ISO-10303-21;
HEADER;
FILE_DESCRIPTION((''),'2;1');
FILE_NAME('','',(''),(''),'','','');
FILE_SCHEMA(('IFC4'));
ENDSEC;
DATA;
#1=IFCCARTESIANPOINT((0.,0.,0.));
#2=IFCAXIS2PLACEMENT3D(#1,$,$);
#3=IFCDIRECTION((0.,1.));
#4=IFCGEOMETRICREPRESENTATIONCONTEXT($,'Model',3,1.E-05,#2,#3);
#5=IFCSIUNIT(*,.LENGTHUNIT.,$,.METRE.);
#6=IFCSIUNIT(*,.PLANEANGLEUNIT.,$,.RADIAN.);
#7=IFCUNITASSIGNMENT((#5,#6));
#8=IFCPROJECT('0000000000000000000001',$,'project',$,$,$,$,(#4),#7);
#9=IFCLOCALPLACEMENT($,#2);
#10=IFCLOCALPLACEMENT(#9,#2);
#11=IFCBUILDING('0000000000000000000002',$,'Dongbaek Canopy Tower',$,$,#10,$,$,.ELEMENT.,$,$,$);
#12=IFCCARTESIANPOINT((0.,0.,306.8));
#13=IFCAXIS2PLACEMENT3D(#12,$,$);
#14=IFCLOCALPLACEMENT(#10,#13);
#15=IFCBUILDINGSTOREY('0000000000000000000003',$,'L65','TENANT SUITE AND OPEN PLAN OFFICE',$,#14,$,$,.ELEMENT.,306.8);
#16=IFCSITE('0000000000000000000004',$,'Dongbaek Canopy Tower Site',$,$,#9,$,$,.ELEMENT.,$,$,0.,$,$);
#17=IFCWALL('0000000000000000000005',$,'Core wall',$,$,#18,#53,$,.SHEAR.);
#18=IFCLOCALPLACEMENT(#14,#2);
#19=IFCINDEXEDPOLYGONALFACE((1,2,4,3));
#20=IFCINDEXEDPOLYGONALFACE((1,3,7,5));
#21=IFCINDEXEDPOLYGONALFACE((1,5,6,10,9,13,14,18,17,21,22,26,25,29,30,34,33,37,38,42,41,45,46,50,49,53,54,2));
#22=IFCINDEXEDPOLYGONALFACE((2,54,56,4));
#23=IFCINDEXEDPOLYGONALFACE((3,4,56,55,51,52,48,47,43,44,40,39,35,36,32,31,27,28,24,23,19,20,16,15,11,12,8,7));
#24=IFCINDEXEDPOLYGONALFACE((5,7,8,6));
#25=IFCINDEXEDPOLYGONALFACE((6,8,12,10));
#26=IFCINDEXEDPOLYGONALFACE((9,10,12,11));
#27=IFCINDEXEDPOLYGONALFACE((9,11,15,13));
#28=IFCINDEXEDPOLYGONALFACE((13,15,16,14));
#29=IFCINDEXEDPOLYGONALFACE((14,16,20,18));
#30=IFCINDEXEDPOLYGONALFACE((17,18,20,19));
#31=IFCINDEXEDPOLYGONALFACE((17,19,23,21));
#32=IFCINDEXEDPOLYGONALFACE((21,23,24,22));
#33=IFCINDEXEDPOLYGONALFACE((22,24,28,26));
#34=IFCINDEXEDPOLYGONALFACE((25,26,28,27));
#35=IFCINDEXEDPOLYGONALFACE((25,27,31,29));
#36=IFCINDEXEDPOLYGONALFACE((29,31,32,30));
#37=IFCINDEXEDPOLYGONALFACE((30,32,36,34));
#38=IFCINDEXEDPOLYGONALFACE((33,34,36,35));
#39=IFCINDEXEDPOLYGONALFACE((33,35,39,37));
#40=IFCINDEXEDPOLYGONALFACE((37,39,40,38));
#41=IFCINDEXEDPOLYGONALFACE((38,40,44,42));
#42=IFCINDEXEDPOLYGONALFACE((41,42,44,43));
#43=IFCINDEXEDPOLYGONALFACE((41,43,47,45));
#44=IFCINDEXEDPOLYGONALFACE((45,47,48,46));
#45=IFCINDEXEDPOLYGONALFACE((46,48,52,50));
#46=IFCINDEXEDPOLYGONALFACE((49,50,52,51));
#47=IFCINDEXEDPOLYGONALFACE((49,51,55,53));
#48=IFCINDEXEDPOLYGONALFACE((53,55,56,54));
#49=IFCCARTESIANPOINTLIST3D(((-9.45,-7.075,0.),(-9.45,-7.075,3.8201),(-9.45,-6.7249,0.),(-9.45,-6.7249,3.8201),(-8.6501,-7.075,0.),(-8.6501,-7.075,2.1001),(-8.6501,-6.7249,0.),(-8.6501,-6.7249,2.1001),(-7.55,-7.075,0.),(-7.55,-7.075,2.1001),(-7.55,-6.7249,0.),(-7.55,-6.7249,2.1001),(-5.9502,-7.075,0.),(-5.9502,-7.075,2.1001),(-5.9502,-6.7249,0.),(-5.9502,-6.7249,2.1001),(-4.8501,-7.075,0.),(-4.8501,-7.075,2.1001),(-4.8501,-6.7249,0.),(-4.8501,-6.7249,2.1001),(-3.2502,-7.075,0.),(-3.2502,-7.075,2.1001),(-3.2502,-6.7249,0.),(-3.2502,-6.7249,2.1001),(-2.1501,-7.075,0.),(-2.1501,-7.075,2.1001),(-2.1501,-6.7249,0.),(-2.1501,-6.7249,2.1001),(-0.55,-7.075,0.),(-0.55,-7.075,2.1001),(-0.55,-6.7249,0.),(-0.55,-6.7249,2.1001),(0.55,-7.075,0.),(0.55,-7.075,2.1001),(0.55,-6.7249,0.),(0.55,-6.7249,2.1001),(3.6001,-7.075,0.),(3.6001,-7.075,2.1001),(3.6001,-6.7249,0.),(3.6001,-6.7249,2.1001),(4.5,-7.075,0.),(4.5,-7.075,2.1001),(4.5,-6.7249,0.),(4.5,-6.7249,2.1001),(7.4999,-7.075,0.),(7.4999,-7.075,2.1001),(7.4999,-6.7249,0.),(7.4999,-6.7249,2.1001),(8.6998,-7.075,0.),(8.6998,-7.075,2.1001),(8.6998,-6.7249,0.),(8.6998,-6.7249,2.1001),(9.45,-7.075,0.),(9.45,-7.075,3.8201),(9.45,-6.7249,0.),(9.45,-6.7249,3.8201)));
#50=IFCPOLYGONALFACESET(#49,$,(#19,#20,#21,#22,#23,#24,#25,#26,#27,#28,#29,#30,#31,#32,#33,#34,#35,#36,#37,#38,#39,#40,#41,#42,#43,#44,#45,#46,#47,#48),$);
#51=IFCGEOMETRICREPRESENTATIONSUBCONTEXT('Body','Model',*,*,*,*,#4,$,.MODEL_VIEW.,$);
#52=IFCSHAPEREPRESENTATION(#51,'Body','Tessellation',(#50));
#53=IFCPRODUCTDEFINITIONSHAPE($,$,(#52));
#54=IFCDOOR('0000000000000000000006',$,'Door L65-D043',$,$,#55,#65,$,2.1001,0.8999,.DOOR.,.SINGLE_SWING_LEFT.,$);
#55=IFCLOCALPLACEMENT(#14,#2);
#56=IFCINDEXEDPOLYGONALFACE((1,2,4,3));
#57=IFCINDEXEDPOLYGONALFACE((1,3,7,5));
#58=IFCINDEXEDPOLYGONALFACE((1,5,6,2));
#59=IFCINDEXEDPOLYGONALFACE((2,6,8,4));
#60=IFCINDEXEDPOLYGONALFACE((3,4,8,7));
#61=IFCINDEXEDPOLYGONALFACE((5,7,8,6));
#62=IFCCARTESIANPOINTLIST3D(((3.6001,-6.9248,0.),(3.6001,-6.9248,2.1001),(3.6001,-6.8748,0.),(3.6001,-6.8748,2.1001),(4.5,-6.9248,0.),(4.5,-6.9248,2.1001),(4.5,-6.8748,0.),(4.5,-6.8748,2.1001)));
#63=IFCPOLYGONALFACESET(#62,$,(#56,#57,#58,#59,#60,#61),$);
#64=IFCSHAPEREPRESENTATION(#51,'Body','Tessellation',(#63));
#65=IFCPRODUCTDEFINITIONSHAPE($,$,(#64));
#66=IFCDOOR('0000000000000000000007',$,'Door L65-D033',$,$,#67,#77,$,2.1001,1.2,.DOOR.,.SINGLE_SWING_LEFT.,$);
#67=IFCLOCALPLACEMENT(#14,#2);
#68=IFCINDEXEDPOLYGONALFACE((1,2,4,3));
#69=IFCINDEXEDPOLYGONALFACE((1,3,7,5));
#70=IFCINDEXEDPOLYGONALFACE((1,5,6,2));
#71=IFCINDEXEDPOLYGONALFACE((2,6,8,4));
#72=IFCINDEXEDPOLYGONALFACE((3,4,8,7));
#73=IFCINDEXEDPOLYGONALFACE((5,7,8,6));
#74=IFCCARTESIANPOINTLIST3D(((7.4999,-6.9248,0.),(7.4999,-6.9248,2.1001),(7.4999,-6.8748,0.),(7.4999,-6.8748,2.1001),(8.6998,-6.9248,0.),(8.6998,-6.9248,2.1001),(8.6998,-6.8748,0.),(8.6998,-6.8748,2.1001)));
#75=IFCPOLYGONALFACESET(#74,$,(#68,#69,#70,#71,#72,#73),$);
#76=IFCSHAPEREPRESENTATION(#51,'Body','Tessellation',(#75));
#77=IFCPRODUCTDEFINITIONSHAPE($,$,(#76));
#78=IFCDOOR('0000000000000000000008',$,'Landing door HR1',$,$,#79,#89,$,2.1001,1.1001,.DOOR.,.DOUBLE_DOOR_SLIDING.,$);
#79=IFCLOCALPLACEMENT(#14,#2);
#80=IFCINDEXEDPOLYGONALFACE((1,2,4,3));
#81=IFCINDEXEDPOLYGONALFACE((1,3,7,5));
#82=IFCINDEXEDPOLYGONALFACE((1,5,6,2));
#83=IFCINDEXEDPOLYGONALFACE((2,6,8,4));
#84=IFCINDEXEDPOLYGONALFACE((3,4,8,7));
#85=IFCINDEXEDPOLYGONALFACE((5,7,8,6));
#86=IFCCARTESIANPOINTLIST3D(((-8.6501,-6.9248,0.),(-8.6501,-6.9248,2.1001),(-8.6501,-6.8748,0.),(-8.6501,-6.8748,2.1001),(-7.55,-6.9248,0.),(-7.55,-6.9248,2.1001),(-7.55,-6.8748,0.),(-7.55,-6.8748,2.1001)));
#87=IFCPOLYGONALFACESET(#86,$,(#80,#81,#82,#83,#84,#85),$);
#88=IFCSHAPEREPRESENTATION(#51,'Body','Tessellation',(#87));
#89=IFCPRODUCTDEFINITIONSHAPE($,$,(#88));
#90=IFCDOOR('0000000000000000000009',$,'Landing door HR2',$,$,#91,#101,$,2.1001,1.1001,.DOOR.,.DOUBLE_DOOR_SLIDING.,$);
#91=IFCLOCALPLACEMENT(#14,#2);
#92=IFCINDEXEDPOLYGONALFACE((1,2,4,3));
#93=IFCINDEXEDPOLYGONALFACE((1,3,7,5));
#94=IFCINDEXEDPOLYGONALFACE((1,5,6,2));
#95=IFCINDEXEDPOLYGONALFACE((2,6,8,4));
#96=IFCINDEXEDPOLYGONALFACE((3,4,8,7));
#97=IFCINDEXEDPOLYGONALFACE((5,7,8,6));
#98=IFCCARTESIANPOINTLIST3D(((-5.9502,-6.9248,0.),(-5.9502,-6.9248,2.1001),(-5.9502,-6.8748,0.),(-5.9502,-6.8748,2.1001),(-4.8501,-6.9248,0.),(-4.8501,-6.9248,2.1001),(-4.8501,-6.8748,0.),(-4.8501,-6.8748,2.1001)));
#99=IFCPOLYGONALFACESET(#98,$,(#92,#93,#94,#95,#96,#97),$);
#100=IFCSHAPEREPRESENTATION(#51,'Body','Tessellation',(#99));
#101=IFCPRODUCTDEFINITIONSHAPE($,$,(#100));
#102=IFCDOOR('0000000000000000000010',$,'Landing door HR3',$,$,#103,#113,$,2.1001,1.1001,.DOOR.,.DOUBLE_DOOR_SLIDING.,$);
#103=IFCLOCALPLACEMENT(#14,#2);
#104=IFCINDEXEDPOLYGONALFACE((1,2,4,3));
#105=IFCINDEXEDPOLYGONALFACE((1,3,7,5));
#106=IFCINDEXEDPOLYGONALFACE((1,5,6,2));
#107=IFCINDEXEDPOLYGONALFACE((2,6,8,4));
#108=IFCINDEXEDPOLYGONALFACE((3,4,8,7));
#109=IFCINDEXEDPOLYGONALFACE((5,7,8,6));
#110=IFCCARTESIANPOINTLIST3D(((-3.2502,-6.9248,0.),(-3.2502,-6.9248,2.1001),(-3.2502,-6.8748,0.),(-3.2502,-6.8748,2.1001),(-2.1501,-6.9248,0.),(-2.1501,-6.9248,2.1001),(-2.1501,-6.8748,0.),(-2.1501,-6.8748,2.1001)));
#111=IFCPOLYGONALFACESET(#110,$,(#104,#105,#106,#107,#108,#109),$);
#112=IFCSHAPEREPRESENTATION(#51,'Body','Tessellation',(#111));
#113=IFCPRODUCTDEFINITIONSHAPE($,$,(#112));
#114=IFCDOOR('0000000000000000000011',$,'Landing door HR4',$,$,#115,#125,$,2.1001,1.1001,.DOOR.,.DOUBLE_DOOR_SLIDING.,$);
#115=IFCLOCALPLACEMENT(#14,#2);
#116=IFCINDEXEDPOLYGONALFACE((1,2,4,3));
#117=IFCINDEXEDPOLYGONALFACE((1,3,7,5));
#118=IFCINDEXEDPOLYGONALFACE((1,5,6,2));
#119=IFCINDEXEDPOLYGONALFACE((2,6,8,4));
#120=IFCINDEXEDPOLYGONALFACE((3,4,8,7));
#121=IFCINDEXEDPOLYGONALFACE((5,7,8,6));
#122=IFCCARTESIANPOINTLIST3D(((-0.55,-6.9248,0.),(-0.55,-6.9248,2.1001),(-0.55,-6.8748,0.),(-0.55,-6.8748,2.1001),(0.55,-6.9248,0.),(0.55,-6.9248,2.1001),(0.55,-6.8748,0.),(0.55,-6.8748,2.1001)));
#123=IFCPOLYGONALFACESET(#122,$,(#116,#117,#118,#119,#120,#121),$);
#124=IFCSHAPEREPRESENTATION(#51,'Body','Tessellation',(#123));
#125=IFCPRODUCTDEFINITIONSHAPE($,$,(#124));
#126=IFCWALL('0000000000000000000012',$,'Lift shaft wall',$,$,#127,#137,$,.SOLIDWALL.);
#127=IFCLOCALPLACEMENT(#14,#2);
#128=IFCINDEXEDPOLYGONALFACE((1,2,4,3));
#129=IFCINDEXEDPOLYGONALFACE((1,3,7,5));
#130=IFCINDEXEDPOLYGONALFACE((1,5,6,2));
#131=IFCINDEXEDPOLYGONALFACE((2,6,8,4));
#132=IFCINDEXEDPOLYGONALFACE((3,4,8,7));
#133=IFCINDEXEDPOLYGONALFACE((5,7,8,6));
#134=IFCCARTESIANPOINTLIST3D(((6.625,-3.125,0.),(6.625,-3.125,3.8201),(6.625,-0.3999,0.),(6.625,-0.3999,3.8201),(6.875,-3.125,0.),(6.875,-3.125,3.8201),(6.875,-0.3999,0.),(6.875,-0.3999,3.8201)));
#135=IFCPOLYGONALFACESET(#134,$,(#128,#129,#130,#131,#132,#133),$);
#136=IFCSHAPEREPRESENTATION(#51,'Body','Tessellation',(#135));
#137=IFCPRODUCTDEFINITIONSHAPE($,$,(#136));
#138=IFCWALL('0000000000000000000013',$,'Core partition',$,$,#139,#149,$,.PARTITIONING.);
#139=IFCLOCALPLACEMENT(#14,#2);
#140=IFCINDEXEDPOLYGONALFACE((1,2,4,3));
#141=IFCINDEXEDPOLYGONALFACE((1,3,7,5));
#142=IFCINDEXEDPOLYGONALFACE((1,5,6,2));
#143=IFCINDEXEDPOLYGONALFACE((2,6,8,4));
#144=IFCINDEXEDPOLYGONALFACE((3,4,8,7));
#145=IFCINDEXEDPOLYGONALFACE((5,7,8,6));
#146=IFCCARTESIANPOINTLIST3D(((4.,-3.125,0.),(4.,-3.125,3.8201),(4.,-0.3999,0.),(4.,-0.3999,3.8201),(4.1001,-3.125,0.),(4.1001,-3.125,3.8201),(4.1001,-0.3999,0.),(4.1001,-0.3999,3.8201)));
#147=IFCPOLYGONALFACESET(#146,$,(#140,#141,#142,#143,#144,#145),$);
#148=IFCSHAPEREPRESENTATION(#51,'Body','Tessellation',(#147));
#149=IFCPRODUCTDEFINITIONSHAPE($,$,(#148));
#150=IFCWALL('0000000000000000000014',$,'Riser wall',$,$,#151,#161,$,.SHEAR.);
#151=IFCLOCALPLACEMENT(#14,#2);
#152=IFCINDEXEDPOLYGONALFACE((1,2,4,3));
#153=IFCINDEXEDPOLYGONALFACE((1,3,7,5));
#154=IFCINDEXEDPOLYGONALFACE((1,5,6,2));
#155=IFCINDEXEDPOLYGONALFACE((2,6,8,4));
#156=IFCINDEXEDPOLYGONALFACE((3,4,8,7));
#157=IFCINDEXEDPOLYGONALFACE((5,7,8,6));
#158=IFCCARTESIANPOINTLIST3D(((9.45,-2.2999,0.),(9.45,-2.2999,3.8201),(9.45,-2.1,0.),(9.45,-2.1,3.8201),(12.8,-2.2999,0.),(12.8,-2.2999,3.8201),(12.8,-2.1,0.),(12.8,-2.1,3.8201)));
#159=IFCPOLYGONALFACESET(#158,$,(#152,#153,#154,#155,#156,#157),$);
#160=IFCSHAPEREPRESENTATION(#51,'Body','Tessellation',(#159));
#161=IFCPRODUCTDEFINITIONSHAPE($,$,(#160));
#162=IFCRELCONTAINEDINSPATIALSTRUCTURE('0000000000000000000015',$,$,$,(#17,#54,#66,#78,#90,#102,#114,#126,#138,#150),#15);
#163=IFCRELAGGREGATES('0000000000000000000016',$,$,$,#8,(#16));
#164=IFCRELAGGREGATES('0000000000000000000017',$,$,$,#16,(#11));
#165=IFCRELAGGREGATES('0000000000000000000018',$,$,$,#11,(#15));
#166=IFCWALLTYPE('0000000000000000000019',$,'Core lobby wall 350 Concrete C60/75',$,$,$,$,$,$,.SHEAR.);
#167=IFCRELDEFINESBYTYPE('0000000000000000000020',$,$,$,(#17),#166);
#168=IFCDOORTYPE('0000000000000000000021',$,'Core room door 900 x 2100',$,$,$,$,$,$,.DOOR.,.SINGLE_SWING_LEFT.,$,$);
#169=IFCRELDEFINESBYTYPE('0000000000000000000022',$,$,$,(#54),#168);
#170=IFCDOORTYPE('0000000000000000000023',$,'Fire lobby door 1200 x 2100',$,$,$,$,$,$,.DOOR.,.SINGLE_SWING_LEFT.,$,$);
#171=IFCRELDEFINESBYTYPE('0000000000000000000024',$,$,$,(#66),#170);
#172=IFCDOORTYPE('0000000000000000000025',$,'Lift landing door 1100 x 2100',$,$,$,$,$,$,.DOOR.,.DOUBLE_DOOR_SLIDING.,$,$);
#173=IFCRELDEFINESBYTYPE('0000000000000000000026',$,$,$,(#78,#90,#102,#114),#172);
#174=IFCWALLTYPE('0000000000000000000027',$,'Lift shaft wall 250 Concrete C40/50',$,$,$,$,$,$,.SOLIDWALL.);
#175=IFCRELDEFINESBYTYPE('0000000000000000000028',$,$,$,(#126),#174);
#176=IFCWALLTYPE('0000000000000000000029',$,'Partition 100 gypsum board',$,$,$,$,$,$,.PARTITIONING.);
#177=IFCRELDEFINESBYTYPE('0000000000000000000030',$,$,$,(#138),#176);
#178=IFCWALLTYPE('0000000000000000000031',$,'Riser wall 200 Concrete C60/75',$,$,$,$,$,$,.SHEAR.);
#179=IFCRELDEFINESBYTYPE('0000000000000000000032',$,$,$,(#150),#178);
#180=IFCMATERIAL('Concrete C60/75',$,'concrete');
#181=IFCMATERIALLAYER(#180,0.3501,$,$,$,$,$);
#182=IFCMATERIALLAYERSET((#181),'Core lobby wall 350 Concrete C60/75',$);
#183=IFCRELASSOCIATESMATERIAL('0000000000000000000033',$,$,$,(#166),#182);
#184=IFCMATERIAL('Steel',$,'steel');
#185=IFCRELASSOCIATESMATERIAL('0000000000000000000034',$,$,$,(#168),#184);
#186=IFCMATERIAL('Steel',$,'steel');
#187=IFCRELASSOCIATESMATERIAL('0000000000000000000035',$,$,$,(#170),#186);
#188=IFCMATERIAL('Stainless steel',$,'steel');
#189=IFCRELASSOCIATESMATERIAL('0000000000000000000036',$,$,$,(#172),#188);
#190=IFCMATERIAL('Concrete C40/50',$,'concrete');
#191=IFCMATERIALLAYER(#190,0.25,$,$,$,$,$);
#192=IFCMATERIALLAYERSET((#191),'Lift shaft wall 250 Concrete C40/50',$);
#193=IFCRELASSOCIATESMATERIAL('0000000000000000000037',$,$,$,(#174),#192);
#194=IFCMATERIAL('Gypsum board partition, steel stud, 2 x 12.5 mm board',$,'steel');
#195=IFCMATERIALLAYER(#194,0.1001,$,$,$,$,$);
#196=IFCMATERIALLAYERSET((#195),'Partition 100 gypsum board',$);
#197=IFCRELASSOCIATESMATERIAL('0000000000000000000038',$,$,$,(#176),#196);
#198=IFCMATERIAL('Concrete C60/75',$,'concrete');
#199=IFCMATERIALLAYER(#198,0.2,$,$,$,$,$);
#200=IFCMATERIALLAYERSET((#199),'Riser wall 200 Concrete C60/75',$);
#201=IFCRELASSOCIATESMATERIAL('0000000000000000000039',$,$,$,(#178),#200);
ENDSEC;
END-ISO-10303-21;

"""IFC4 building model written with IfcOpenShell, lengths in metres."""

from ifc_helpers import new_model, si_unit, direction, frame, frame_2d, origin, place, context, subcontext, project, spatial, rectangle, extrude, material, layer, layer_set, type_object, element, fill, save


model = new_model("IFC4")

# Units and contexts
model_context = context("Model", 3, precision=1e-05, world=origin(), true_north=direction((0.0, 1.0)))
body_context = subcontext(model_context, "Body", "Model", "MODEL_VIEW")
ifc_project = project(units=[si_unit("LENGTHUNIT", "METRE"), si_unit("PLANEANGLEUNIT", "RADIAN")], contexts=[model_context])

# Site, building, storey
site_placement = place(None, origin())
site = spatial("IfcSite", under=ifc_project, at=site_placement, Name="Dongbaek Canopy Tower Site", CompositionType="ELEMENT", RefElevation=0.0)
building_placement = place(site_placement, origin())
building = spatial("IfcBuilding", under=site, at=building_placement, Name="Dongbaek Canopy Tower", CompositionType="ELEMENT")
storey_placement = place(building_placement, frame((0.0, 0.0, 306.8)))
storey = spatial("IfcBuildingStorey", under=building, at=storey_placement, Name="L65", Description="TENANT SUITE AND OPEN PLAN OFFICE", CompositionType="ELEMENT", Elevation=306.8)

# Wall, openings, doors
ifc_material_1 = material(Name="Concrete C60/75", Category="concrete")
ifc_layer_1 = layer(ifc_material_1, 0.3501)
ifc_layer_set_1 = layer_set([ifc_layer_1], Name="Core lobby wall 350 Concrete C60/75")
wall_type_1 = type_object("IfcWallType", Name="Core lobby wall 350 Concrete C60/75", PredefinedType="SHEAR", material=ifc_layer_set_1)
wall_1_placement = place(storey_placement, frame((9.45, -6.8999, 0.0), z_axis=(0.0, 0.0, 1.0), x_axis=(-1.0, 0.0, 0.0)))
wall_1 = element("IfcWall", 1, at=wall_1_placement, inside=storey, type_object=wall_type_1, Name="Core wall", PredefinedType="SHEAR", context=body_context, shape_type="SweptSolid", body=[
    extrude(rectangle(XDim=18.8999, YDim=0.3501, at=frame_2d((9.45, 0.0))), origin(), (0.0, 0.0, 1.0), 3.8201),
])
opening_1_placement = place(wall_1_placement, frame((17.0, 0.0, 0.0)))
opening_1 = element("IfcOpeningElement", 2, at=opening_1_placement, cuts=wall_1, PredefinedType="OPENING", context=body_context, shape_type="SweptSolid", body=[
    extrude(rectangle(XDim=1.1001, YDim=2.1001, at=frame_2d((0.55, 1.05))), frame((0.0, 0.1851, 0.0), z_axis=(0.0, -1.0, 0.0), x_axis=(1.0, 0.0, 0.0)), (0.0, 0.0, 1.0), 0.3701),
])
opening_2_placement = place(wall_1_placement, frame((14.3, 0.0, 0.0)))
opening_2 = element("IfcOpeningElement", 3, at=opening_2_placement, cuts=wall_1, PredefinedType="OPENING", context=body_context, shape_type="SweptSolid", body=[
    extrude(rectangle(XDim=1.1001, YDim=2.1001, at=frame_2d((0.55, 1.05))), frame((0.0, 0.1851, 0.0), z_axis=(0.0, -1.0, 0.0), x_axis=(1.0, 0.0, 0.0)), (0.0, 0.0, 1.0), 0.3701),
])
opening_3_placement = place(wall_1_placement, frame((11.6001, 0.0, 0.0)))
opening_3 = element("IfcOpeningElement", 4, at=opening_3_placement, cuts=wall_1, PredefinedType="OPENING", context=body_context, shape_type="SweptSolid", body=[
    extrude(rectangle(XDim=1.1001, YDim=2.1001, at=frame_2d((0.55, 1.05))), frame((0.0, 0.1851, 0.0), z_axis=(0.0, -1.0, 0.0), x_axis=(1.0, 0.0, 0.0)), (0.0, 0.0, 1.0), 0.3701),
])
opening_4_placement = place(wall_1_placement, frame((8.8999, 0.0, 0.0)))
opening_4 = element("IfcOpeningElement", 5, at=opening_4_placement, cuts=wall_1, PredefinedType="OPENING", context=body_context, shape_type="SweptSolid", body=[
    extrude(rectangle(XDim=1.1001, YDim=2.1001, at=frame_2d((0.55, 1.05))), frame((0.0, 0.1851, 0.0), z_axis=(0.0, -1.0, 0.0), x_axis=(1.0, 0.0, 0.0)), (0.0, 0.0, 1.0), 0.3701),
])
opening_5_placement = place(wall_1_placement, frame((0.75, 0.0, 0.0)))
opening_5 = element("IfcOpeningElement", 6, at=opening_5_placement, cuts=wall_1, PredefinedType="OPENING", context=body_context, shape_type="SweptSolid", body=[
    extrude(rectangle(XDim=1.2, YDim=2.1001, at=frame_2d((0.6001, 1.05))), frame((0.0, 0.1851, 0.0), z_axis=(0.0, -1.0, 0.0), x_axis=(1.0, 0.0, 0.0)), (0.0, 0.0, 1.0), 0.3701),
])
opening_6_placement = place(wall_1_placement, frame((4.95, 0.0, 0.0)))
opening_6 = element("IfcOpeningElement", 7, at=opening_6_placement, cuts=wall_1, PredefinedType="OPENING", context=body_context, shape_type="SweptSolid", body=[
    extrude(rectangle(XDim=0.8999, YDim=2.1001, at=frame_2d((0.45, 1.05))), frame((0.0, 0.1851, 0.0), z_axis=(0.0, -1.0, 0.0), x_axis=(1.0, 0.0, 0.0)), (0.0, 0.0, 1.0), 0.3701),
])
ifc_material_2 = material(Name="Steel", Category="steel")
door_type_1 = type_object("IfcDoorType", Name="Core room door 900 x 2100", OperationType="SINGLE_SWING_LEFT", PredefinedType="DOOR", material=ifc_material_2)
door_1_placement = place(opening_6_placement, origin())
door_1 = element("IfcDoor", 8, at=door_1_placement, inside=storey, type_object=door_type_1, Name="Door L65-D043", OperationType="SINGLE_SWING_LEFT", OverallHeight=2.1001, OverallWidth=0.8999, PredefinedType="DOOR", context=body_context, shape_type="SweptSolid", body=[
    extrude(rectangle(XDim=0.8999, YDim=2.1001, at=frame_2d((0.45, 1.05))), frame((0.0, 0.0249, 0.0), z_axis=(0.0, -1.0, 0.0), x_axis=(1.0, 0.0, 0.0)), (0.0, 0.0, 1.0), 0.05),
])
fill(opening_6, door_1)
ifc_material_3 = material(Name="Steel", Category="steel")
door_type_2 = type_object("IfcDoorType", Name="Fire lobby door 1200 x 2100", OperationType="SINGLE_SWING_LEFT", PredefinedType="DOOR", material=ifc_material_3)
door_2_placement = place(opening_5_placement, origin())
door_2 = element("IfcDoor", 9, at=door_2_placement, inside=storey, type_object=door_type_2, Name="Door L65-D033", OperationType="SINGLE_SWING_LEFT", OverallHeight=2.1001, OverallWidth=1.2, PredefinedType="DOOR", context=body_context, shape_type="SweptSolid", body=[
    extrude(rectangle(XDim=1.2, YDim=2.1001, at=frame_2d((0.6001, 1.05))), frame((0.0, 0.0249, 0.0), z_axis=(0.0, -1.0, 0.0), x_axis=(1.0, 0.0, 0.0)), (0.0, 0.0, 1.0), 0.05),
])
fill(opening_5, door_2)
ifc_material_4 = material(Name="Stainless steel", Category="steel")
door_type_3 = type_object("IfcDoorType", Name="Lift landing door 1100 x 2100", OperationType="DOUBLE_DOOR_SLIDING", PredefinedType="DOOR", material=ifc_material_4)
door_3_placement = place(opening_1_placement, origin())
door_3 = element("IfcDoor", 10, at=door_3_placement, inside=storey, type_object=door_type_3, Name="Landing door HR1", OperationType="DOUBLE_DOOR_SLIDING", OverallHeight=2.1001, OverallWidth=1.1001, PredefinedType="DOOR", context=body_context, shape_type="SweptSolid", body=[
    extrude(rectangle(XDim=1.1001, YDim=2.1001, at=frame_2d((0.55, 1.05))), frame((0.0, 0.0249, 0.0), z_axis=(0.0, -1.0, 0.0), x_axis=(1.0, 0.0, 0.0)), (0.0, 0.0, 1.0), 0.05),
])
fill(opening_1, door_3)
door_4_placement = place(opening_2_placement, origin())
door_4 = element("IfcDoor", 11, at=door_4_placement, inside=storey, type_object=door_type_3, Name="Landing door HR2", OperationType="DOUBLE_DOOR_SLIDING", OverallHeight=2.1001, OverallWidth=1.1001, PredefinedType="DOOR", context=body_context, shape_type="SweptSolid", body=[
    extrude(rectangle(XDim=1.1001, YDim=2.1001, at=frame_2d((0.55, 1.05))), frame((0.0, 0.0249, 0.0), z_axis=(0.0, -1.0, 0.0), x_axis=(1.0, 0.0, 0.0)), (0.0, 0.0, 1.0), 0.05),
])
fill(opening_2, door_4)
door_5_placement = place(opening_3_placement, origin())
door_5 = element("IfcDoor", 12, at=door_5_placement, inside=storey, type_object=door_type_3, Name="Landing door HR3", OperationType="DOUBLE_DOOR_SLIDING", OverallHeight=2.1001, OverallWidth=1.1001, PredefinedType="DOOR", context=body_context, shape_type="SweptSolid", body=[
    extrude(rectangle(XDim=1.1001, YDim=2.1001, at=frame_2d((0.55, 1.05))), frame((0.0, 0.0249, 0.0), z_axis=(0.0, -1.0, 0.0), x_axis=(1.0, 0.0, 0.0)), (0.0, 0.0, 1.0), 0.05),
])
fill(opening_3, door_5)
door_6_placement = place(opening_4_placement, origin())
door_6 = element("IfcDoor", 13, at=door_6_placement, inside=storey, type_object=door_type_3, Name="Landing door HR4", OperationType="DOUBLE_DOOR_SLIDING", OverallHeight=2.1001, OverallWidth=1.1001, PredefinedType="DOOR", context=body_context, shape_type="SweptSolid", body=[
    extrude(rectangle(XDim=1.1001, YDim=2.1001, at=frame_2d((0.55, 1.05))), frame((0.0, 0.0249, 0.0), z_axis=(0.0, -1.0, 0.0), x_axis=(1.0, 0.0, 0.0)), (0.0, 0.0, 1.0), 0.05),
])
fill(opening_4, door_6)

# Walls
ifc_material_5 = material(Name="Concrete C40/50", Category="concrete")
ifc_layer_2 = layer(ifc_material_5, 0.25)
ifc_layer_set_2 = layer_set([ifc_layer_2], Name="Lift shaft wall 250 Concrete C40/50")
wall_type_2 = type_object("IfcWallType", Name="Lift shaft wall 250 Concrete C40/50", PredefinedType="SOLIDWALL", material=ifc_layer_set_2)
wall_2_placement = place(storey_placement, frame((6.75, -3.125, 0.0), z_axis=(0.0, 0.0, 1.0), x_axis=(0.0, 1.0, 0.0)))
element("IfcWall", 14, at=wall_2_placement, inside=storey, type_object=wall_type_2, Name="Lift shaft wall", PredefinedType="SOLIDWALL", context=body_context, shape_type="SweptSolid", body=[
    extrude(rectangle(XDim=2.7251, YDim=0.25, at=frame_2d((1.3625, 0.0))), origin(), (0.0, 0.0, 1.0), 3.8201),
])
ifc_material_6 = material(Name="Gypsum board partition, steel stud, 2 x 12.5 mm board", Category="steel")
ifc_layer_3 = layer(ifc_material_6, 0.1001)
ifc_layer_set_3 = layer_set([ifc_layer_3], Name="Partition 100 gypsum board")
wall_type_3 = type_object("IfcWallType", Name="Partition 100 gypsum board", PredefinedType="PARTITIONING", material=ifc_layer_set_3)
wall_3_placement = place(storey_placement, frame((4.05, -3.125, 0.0), z_axis=(0.0, 0.0, 1.0), x_axis=(0.0, 1.0, 0.0)))
element("IfcWall", 15, at=wall_3_placement, inside=storey, type_object=wall_type_3, Name="Core partition", PredefinedType="PARTITIONING", context=body_context, shape_type="SweptSolid", body=[
    extrude(rectangle(XDim=2.7251, YDim=0.1001, at=frame_2d((1.3625, 0.0))), origin(), (0.0, 0.0, 1.0), 3.8201),
])
ifc_material_7 = material(Name="Concrete C60/75", Category="concrete")
ifc_layer_4 = layer(ifc_material_7, 0.2)
ifc_layer_set_4 = layer_set([ifc_layer_4], Name="Riser wall 200 Concrete C60/75")
wall_type_4 = type_object("IfcWallType", Name="Riser wall 200 Concrete C60/75", PredefinedType="SHEAR", material=ifc_layer_set_4)
wall_4_placement = place(storey_placement, frame((9.45, -2.2, 0.0), z_axis=(0.0, 0.0, 1.0), x_axis=(1.0, 0.0, 0.0)))
element("IfcWall", 16, at=wall_4_placement, inside=storey, type_object=wall_type_4, Name="Riser wall", PredefinedType="SHEAR", context=body_context, shape_type="SweptSolid", body=[
    extrude(rectangle(XDim=3.3501, YDim=0.2, at=frame_2d((1.675, 0.0))), origin(), (0.0, 0.0, 1.0), 3.8201),
])

save(model, "model.ifc")
